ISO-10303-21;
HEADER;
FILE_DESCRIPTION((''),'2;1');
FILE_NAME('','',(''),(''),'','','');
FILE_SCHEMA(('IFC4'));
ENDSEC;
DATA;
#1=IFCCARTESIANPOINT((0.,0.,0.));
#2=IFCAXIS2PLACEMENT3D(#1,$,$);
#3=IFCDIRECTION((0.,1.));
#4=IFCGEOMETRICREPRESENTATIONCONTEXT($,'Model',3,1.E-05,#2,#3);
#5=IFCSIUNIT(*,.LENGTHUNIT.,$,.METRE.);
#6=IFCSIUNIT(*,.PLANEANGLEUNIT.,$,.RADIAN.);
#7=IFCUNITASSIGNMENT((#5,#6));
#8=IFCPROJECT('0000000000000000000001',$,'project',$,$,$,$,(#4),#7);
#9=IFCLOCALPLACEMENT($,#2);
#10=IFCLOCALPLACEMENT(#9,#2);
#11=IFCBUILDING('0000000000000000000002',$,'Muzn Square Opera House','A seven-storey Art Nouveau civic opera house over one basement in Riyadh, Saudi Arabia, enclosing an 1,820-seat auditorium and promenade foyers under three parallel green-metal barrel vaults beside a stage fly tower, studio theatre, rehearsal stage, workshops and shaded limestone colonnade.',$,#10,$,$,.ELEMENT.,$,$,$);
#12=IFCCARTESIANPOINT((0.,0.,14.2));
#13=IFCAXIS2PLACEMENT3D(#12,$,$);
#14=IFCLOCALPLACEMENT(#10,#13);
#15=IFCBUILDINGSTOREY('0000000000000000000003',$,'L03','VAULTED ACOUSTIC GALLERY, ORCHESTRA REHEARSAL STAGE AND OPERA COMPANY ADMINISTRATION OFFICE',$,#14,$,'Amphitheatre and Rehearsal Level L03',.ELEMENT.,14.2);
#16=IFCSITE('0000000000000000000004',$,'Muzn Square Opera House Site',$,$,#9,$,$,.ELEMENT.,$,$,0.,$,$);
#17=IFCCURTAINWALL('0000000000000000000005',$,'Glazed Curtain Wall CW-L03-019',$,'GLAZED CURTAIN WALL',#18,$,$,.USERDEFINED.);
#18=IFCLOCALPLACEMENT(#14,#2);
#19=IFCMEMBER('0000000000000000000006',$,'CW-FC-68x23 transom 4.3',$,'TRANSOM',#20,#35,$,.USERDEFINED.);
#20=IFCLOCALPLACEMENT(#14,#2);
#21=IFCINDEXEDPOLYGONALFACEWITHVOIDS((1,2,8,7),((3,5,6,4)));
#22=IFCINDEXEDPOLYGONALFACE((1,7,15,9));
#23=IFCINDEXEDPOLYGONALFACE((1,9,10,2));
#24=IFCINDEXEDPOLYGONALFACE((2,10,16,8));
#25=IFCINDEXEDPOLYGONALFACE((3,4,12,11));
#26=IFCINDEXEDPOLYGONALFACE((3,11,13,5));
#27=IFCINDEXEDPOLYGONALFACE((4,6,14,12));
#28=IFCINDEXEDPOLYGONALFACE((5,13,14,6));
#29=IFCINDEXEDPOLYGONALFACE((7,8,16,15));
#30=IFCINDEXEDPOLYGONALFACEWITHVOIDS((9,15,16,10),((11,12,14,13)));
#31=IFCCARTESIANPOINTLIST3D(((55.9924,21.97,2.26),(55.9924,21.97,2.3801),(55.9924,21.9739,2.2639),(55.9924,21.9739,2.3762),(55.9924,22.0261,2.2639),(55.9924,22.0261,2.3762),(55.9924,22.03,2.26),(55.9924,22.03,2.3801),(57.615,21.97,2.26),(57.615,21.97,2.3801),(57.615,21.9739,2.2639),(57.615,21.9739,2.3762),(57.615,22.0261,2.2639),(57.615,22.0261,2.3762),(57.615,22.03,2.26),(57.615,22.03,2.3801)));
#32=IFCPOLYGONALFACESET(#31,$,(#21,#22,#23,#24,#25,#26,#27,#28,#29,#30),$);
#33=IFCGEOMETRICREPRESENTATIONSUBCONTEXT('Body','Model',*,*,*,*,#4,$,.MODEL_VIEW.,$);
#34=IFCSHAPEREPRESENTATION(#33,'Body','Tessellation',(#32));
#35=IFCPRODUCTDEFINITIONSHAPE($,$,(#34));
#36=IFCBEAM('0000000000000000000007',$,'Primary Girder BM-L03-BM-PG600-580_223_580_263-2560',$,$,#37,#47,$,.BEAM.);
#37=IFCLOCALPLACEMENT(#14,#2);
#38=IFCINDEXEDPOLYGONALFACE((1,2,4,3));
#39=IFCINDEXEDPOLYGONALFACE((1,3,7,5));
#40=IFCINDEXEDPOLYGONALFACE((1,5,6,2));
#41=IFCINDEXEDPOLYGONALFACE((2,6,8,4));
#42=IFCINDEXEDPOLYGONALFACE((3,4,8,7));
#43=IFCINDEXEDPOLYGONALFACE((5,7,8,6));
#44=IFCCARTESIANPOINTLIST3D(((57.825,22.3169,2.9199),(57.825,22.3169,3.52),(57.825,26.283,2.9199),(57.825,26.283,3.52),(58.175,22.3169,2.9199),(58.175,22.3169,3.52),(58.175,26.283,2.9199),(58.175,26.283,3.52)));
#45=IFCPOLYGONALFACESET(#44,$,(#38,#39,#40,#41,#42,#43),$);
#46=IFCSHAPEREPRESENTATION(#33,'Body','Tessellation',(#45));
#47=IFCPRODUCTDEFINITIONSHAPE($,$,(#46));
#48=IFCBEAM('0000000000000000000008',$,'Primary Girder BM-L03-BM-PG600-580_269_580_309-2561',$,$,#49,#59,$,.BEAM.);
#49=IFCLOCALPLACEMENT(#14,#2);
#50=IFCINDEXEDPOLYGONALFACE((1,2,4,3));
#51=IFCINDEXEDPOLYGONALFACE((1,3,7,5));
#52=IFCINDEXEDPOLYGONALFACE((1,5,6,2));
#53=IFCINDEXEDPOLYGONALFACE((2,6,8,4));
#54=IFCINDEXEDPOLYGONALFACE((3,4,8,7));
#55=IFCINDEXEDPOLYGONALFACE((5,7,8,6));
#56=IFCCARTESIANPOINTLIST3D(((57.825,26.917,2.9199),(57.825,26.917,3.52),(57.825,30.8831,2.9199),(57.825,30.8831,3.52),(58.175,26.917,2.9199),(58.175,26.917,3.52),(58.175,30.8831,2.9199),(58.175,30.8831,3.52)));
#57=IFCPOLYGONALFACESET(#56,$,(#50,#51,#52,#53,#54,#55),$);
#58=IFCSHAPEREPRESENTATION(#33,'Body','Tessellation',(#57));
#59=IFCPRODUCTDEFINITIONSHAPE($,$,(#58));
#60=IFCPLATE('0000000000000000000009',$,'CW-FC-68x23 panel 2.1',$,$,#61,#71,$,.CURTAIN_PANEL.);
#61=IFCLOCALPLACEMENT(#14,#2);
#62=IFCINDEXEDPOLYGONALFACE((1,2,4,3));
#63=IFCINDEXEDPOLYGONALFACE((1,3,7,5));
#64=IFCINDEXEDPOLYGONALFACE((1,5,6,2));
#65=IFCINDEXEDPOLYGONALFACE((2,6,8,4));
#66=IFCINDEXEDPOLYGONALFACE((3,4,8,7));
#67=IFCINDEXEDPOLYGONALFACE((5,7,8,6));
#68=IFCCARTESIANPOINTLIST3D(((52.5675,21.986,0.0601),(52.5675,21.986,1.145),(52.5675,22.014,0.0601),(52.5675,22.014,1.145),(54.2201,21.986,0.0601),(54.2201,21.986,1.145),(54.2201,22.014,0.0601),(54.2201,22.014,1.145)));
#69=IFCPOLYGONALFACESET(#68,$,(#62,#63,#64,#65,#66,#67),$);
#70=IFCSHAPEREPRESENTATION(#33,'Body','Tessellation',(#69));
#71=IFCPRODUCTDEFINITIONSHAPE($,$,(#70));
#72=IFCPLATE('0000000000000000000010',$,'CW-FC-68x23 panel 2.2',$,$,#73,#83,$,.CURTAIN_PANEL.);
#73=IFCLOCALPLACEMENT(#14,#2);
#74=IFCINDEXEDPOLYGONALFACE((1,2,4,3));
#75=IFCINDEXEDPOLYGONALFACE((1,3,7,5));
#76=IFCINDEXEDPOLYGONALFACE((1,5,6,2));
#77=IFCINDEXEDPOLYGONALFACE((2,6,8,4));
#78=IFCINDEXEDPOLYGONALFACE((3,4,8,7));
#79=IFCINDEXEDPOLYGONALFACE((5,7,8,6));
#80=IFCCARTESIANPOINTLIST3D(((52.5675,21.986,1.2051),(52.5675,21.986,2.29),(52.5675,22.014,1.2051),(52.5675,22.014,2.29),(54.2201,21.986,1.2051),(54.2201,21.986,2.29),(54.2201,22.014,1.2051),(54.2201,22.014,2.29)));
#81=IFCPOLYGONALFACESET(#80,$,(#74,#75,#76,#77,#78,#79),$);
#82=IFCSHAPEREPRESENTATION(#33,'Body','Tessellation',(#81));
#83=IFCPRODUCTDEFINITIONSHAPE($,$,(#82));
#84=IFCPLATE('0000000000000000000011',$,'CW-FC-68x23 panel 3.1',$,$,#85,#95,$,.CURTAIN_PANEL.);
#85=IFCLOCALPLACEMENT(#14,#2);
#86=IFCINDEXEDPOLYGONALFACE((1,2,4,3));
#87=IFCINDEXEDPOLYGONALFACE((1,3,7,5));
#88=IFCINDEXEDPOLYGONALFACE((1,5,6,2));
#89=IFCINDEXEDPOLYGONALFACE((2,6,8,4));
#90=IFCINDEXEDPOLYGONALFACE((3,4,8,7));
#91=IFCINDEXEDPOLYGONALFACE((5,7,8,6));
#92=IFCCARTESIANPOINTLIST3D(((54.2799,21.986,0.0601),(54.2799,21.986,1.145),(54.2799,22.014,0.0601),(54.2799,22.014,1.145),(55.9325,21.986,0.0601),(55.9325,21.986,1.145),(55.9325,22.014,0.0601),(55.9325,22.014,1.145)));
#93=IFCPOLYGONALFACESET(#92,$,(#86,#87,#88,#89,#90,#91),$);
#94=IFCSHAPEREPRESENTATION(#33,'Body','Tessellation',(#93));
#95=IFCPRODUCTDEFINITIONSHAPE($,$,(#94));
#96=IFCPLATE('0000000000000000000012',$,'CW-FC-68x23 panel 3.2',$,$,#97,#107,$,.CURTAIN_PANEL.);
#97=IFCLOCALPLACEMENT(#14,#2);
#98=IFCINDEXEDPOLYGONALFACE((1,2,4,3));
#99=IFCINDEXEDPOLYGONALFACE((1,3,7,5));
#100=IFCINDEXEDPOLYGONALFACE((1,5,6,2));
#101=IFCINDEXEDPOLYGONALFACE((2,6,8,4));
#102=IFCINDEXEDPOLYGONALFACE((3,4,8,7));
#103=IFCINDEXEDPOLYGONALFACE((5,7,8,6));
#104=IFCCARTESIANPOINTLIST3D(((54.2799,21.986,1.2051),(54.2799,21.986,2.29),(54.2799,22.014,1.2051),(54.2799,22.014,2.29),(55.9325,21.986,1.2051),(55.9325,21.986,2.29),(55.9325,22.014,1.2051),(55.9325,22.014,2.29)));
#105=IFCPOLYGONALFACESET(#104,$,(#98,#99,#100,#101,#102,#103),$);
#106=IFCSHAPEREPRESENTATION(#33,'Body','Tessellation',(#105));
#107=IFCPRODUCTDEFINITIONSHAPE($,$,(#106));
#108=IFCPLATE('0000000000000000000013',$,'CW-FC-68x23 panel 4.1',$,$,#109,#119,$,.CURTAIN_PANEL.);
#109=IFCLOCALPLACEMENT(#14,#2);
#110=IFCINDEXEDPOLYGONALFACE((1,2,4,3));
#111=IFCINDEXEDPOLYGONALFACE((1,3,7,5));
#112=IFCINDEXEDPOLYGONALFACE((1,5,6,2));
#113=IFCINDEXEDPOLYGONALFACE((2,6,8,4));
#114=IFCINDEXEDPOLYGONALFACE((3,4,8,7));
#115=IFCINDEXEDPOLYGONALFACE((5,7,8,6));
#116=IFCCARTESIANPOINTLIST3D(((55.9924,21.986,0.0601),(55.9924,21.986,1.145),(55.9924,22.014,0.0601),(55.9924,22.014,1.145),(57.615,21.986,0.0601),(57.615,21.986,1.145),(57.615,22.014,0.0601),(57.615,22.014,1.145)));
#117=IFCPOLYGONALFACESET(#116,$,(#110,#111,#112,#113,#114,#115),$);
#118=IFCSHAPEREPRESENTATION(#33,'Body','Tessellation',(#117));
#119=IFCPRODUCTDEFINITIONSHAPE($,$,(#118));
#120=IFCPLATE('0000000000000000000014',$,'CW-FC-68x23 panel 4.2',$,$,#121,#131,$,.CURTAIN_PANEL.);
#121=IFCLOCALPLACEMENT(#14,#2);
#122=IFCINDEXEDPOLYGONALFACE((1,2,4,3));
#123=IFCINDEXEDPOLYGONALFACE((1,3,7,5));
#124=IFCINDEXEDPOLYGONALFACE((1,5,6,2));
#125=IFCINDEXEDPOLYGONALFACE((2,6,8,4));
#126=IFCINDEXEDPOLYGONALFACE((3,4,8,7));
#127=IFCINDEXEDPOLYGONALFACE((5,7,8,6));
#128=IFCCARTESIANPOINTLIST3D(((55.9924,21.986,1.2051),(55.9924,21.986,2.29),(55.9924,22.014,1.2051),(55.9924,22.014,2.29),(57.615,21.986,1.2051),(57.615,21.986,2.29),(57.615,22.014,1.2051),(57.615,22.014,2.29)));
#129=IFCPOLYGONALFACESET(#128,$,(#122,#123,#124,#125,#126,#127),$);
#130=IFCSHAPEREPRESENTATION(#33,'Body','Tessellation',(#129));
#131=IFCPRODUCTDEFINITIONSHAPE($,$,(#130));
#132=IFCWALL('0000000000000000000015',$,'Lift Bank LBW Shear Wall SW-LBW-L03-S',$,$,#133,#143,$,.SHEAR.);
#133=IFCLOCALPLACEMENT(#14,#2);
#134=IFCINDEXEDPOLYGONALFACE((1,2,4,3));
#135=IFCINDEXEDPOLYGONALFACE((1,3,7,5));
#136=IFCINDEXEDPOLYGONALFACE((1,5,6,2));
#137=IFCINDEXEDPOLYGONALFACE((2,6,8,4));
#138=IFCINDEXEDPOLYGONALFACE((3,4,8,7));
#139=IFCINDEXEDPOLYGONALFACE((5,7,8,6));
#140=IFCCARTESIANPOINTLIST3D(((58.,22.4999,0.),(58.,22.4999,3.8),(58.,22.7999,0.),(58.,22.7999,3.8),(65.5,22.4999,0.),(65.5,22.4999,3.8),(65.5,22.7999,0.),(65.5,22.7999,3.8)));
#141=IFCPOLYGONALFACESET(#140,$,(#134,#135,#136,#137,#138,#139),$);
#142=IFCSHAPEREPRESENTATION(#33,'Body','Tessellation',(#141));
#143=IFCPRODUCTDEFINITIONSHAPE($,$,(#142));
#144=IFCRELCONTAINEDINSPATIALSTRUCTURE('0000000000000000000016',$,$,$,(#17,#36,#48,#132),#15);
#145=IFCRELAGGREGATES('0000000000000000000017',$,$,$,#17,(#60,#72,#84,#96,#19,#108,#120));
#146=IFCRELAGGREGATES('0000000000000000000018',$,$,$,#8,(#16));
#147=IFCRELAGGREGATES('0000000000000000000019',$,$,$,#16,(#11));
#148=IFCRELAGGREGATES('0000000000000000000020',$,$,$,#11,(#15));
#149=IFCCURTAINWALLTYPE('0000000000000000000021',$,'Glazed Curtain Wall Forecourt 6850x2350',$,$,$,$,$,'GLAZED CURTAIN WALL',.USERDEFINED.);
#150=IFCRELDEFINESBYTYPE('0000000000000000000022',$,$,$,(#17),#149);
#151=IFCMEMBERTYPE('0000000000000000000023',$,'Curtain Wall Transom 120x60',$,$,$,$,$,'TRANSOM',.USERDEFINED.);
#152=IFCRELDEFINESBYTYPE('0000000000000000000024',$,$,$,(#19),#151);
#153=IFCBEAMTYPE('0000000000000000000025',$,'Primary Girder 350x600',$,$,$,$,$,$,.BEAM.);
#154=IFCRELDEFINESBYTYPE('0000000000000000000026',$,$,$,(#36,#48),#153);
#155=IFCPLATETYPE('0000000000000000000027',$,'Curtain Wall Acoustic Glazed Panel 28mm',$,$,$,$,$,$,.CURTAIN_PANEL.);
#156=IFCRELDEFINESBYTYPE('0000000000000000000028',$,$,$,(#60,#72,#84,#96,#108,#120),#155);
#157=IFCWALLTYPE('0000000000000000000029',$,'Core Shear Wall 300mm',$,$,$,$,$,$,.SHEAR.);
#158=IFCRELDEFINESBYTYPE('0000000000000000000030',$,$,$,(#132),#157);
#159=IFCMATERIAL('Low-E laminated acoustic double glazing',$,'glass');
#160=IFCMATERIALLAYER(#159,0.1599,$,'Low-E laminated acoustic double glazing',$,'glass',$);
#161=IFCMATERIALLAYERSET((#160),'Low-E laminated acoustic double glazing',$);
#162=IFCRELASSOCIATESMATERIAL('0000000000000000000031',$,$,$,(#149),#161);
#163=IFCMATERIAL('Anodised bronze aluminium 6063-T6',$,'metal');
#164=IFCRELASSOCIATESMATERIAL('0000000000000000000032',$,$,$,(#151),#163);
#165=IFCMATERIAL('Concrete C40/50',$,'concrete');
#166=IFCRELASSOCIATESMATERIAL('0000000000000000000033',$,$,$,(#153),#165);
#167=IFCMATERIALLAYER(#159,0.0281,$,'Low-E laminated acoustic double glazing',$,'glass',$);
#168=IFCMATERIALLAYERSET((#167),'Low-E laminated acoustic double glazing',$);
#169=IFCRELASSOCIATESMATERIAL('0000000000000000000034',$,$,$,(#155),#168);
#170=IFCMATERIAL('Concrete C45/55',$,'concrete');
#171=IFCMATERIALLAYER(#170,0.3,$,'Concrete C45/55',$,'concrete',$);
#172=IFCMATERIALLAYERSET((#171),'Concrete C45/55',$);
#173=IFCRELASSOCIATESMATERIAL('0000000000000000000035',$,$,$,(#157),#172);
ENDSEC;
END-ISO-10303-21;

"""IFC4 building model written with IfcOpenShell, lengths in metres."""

from ifc_helpers import new_model, si_unit, direction, frame, frame_2d, origin, origin_2d, place, context, subcontext, project, spatial, rectangle, hollow_rectangle, extrude, material, layer, layer_set, material_profile, profile_set, type_object, element, aggregate, save


model = new_model("IFC4")

# Units and contexts
model_context = context("Model", 3, precision=1e-05, world=origin(), true_north=direction((0.0, 1.0)))
body_context = subcontext(model_context, "Body", "Model", "MODEL_VIEW")
ifc_project = project(units=[si_unit("LENGTHUNIT", "METRE"), si_unit("PLANEANGLEUNIT", "RADIAN")], contexts=[model_context])

# Site, building, storey
site_placement = place(None, origin())
site = spatial("IfcSite", under=ifc_project, at=site_placement, Name="Muzn Square Opera House Site", CompositionType="ELEMENT", RefElevation=0.0)
building_placement = place(site_placement, origin())
building = spatial("IfcBuilding", under=site, at=building_placement, Name="Muzn Square Opera House", Description="A seven-storey Art Nouveau civic opera house over one basement in Riyadh, Saudi Arabia, enclosing an 1,820-seat auditorium and promenade foyers under three parallel green-metal barrel vaults beside a stage fly tower, studio theatre, rehearsal stage, workshops and shaded limestone colonnade.", CompositionType="ELEMENT")
storey_placement = place(building_placement, frame((0.0, 0.0, 14.2)))
storey = spatial("IfcBuildingStorey", under=building, at=storey_placement, Name="L03", Description="VAULTED ACOUSTIC GALLERY, ORCHESTRA REHEARSAL STAGE AND OPERA COMPANY ADMINISTRATION OFFICE", LongName="Amphitheatre and Rehearsal Level L03", CompositionType="ELEMENT", Elevation=14.2)

# Shared definitions
ifc_material_1 = material(Name="Concrete C45/55", Category="concrete")

# Curtain wall, member
ifc_material_2 = material(Name="Low-E laminated acoustic double glazing", Category="glass")
ifc_layer_1 = layer(ifc_material_2, 0.1599, Name="Low-E laminated acoustic double glazing", Category="glass")
ifc_layer_set_1 = layer_set([ifc_layer_1], Name="Low-E laminated acoustic double glazing")
curtain_wall_type = type_object("IfcCurtainWallType", Name="Glazed Curtain Wall Forecourt 6850x2350", ElementType="GLAZED CURTAIN WALL", PredefinedType="USERDEFINED", material=ifc_layer_set_1)
curtain_wall_placement = place(storey_placement, origin())
curtain_wall = element("IfcCurtainWall", 1, at=curtain_wall_placement, inside=storey, type_object=curtain_wall_type, Name="Glazed Curtain Wall CW-L03-019", ObjectType="GLAZED CURTAIN WALL", PredefinedType="USERDEFINED")
ifc_material_3 = material(Name="Anodised bronze aluminium 6063-T6", Category="metal")
ifc_material_profile_1 = material_profile(ifc_material_3, hollow_rectangle(XDim=0.0601, YDim=0.1201, WallThickness=0.0039, at=origin_2d()), Name="ALU 120x60x4", Category="metal")
ifc_profile_set_1 = profile_set([ifc_material_profile_1], Name="Anodised bronze aluminium 6063-T6")
member_type_1 = type_object("IfcMemberType", Name="Curtain Wall Transom 120x60", ElementType="TRANSOM", PredefinedType="USERDEFINED", material=ifc_profile_set_1)
member_1_placement = place(storey_placement, frame((55.9924, 22.0, 2.3201), z_axis=(1.0, 0.0, 0.0), x_axis=(0.0, 1.0, 0.0)))
member_1 = element("IfcMember", 2, at=member_1_placement, type_object=member_type_1, Name="CW-FC-68x23 transom 4.3", ObjectType="TRANSOM", PredefinedType="USERDEFINED", context=body_context, shape_type="SweptSolid", body=[
    extrude(hollow_rectangle(XDim=0.0601, YDim=0.1201, WallThickness=0.0039, at=origin_2d()), origin(), (0.0, 0.0, 1.0), 1.6226),
])

# Beams
ifc_material_4 = material(Name="Concrete C40/50", Category="concrete")
ifc_material_profile_2 = material_profile(ifc_material_4, rectangle(XDim=0.3501, YDim=0.6001, at=origin_2d()), Name="RCB 350x600", Category="concrete")
ifc_profile_set_2 = profile_set([ifc_material_profile_2], Name="Concrete C40/50")
beam_type = type_object("IfcBeamType", Name="Primary Girder 350x600", PredefinedType="BEAM", material=ifc_profile_set_2)
for number, where, z_axis, x_axis, name in (
    (3, (58.0, 22.3169, 3.22), (0.0, 1.0, 0.0), (-1.0, 0.0, 0.0), "Primary Girder BM-L03-BM-PG600-580_223_580_263-2560"),
    (4, (58.0, 26.917, 3.22), (0.0, 1.0, 0.0), (-1.0, 0.0, 0.0), "Primary Girder BM-L03-BM-PG600-580_269_580_309-2561"),
):
    element("IfcBeam", number, at=place(storey_placement, frame(where, z_axis=z_axis, x_axis=x_axis)), inside=storey, type_object=beam_type, Name=name, PredefinedType="BEAM", context=body_context, shape_type="SweptSolid", body=[
        extrude(rectangle(XDim=0.3501, YDim=0.6001, at=origin_2d()), origin(), (0.0, 0.0, 1.0), 3.9661),
    ])

# Plates
ifc_layer_2 = layer(ifc_material_2, 0.0281, Name="Low-E laminated acoustic double glazing", Category="glass")
ifc_layer_set_2 = layer_set([ifc_layer_2], Name="Low-E laminated acoustic double glazing")
plate_type = type_object("IfcPlateType", Name="Curtain Wall Acoustic Glazed Panel 28mm", PredefinedType="CURTAIN_PANEL", material=ifc_layer_set_2)
plate_1_placement = place(storey_placement, frame((53.3938, 22.0, 0.0601), z_axis=(0.0, 0.0, 1.0), x_axis=(1.0, 0.0, 0.0)))
plate_1 = element("IfcPlate", 5, at=plate_1_placement, type_object=plate_type, Name="CW-FC-68x23 panel 2.1", PredefinedType="CURTAIN_PANEL", context=body_context, shape_type="SweptSolid", body=[
    extrude(rectangle(XDim=1.6526, YDim=0.0281, at=origin_2d()), origin(), (0.0, 0.0, 1.0), 1.085),
])
plate_2_placement = place(storey_placement, frame((53.3938, 22.0, 1.2051), z_axis=(0.0, 0.0, 1.0), x_axis=(1.0, 0.0, 0.0)))
plate_2 = element("IfcPlate", 6, at=plate_2_placement, type_object=plate_type, Name="CW-FC-68x23 panel 2.2", PredefinedType="CURTAIN_PANEL", context=body_context, shape_type="SweptSolid", body=[
    extrude(rectangle(XDim=1.6526, YDim=0.0281, at=origin_2d()), origin(), (0.0, 0.0, 1.0), 1.085),
])
plate_3_placement = place(storey_placement, frame((55.1062, 22.0, 0.0601), z_axis=(0.0, 0.0, 1.0), x_axis=(1.0, 0.0, 0.0)))
plate_3 = element("IfcPlate", 7, at=plate_3_placement, type_object=plate_type, Name="CW-FC-68x23 panel 3.1", PredefinedType="CURTAIN_PANEL", context=body_context, shape_type="SweptSolid", body=[
    extrude(rectangle(XDim=1.6526, YDim=0.0281, at=origin_2d()), origin(), (0.0, 0.0, 1.0), 1.085),
])
plate_4_placement = place(storey_placement, frame((55.1062, 22.0, 1.2051), z_axis=(0.0, 0.0, 1.0), x_axis=(1.0, 0.0, 0.0)))
plate_4 = element("IfcPlate", 8, at=plate_4_placement, type_object=plate_type, Name="CW-FC-68x23 panel 3.2", PredefinedType="CURTAIN_PANEL", context=body_context, shape_type="SweptSolid", body=[
    extrude(rectangle(XDim=1.6526, YDim=0.0281, at=origin_2d()), origin(), (0.0, 0.0, 1.0), 1.085),
])
plate_5_placement = place(storey_placement, frame((56.8037, 22.0, 0.0601), z_axis=(0.0, 0.0, 1.0), x_axis=(1.0, 0.0, 0.0)))
plate_5 = element("IfcPlate", 9, at=plate_5_placement, type_object=plate_type, Name="CW-FC-68x23 panel 4.1", PredefinedType="CURTAIN_PANEL", context=body_context, shape_type="SweptSolid", body=[
    extrude(rectangle(XDim=1.6226, YDim=0.0281, at=origin_2d()), origin(), (0.0, 0.0, 1.0), 1.085),
])
plate_6_placement = place(storey_placement, frame((56.8037, 22.0, 1.2051), z_axis=(0.0, 0.0, 1.0), x_axis=(1.0, 0.0, 0.0)))
plate_6 = element("IfcPlate", 10, at=plate_6_placement, type_object=plate_type, Name="CW-FC-68x23 panel 4.2", PredefinedType="CURTAIN_PANEL", context=body_context, shape_type="SweptSolid", body=[
    extrude(rectangle(XDim=1.6226, YDim=0.0281, at=origin_2d()), origin(), (0.0, 0.0, 1.0), 1.085),
])
aggregate(curtain_wall, [plate_1, plate_2, plate_3, plate_4, member_1, plate_5, plate_6])

# Wall
ifc_layer_3 = layer(ifc_material_1, 0.3, Name="Concrete C45/55", Category="concrete")
ifc_layer_set_3 = layer_set([ifc_layer_3], Name="Concrete C45/55")
wall_type = type_object("IfcWallType", Name="Core Shear Wall 300mm", PredefinedType="SHEAR", material=ifc_layer_set_3)
wall_1_placement = place(storey_placement, frame((58.0, 22.6499, 0.0), z_axis=(0.0, 0.0, 1.0), x_axis=(1.0, 0.0, 0.0)))
element("IfcWall", 11, at=wall_1_placement, inside=storey, type_object=wall_type, Name="Lift Bank LBW Shear Wall SW-LBW-L03-S", PredefinedType="SHEAR", context=body_context, shape_type="SweptSolid", body=[
    extrude(rectangle(XDim=7.5, YDim=0.3, at=frame_2d((3.75, 0.0))), origin(), (0.0, 0.0, 1.0), 3.8),
])

save(model, "model.ifc")
